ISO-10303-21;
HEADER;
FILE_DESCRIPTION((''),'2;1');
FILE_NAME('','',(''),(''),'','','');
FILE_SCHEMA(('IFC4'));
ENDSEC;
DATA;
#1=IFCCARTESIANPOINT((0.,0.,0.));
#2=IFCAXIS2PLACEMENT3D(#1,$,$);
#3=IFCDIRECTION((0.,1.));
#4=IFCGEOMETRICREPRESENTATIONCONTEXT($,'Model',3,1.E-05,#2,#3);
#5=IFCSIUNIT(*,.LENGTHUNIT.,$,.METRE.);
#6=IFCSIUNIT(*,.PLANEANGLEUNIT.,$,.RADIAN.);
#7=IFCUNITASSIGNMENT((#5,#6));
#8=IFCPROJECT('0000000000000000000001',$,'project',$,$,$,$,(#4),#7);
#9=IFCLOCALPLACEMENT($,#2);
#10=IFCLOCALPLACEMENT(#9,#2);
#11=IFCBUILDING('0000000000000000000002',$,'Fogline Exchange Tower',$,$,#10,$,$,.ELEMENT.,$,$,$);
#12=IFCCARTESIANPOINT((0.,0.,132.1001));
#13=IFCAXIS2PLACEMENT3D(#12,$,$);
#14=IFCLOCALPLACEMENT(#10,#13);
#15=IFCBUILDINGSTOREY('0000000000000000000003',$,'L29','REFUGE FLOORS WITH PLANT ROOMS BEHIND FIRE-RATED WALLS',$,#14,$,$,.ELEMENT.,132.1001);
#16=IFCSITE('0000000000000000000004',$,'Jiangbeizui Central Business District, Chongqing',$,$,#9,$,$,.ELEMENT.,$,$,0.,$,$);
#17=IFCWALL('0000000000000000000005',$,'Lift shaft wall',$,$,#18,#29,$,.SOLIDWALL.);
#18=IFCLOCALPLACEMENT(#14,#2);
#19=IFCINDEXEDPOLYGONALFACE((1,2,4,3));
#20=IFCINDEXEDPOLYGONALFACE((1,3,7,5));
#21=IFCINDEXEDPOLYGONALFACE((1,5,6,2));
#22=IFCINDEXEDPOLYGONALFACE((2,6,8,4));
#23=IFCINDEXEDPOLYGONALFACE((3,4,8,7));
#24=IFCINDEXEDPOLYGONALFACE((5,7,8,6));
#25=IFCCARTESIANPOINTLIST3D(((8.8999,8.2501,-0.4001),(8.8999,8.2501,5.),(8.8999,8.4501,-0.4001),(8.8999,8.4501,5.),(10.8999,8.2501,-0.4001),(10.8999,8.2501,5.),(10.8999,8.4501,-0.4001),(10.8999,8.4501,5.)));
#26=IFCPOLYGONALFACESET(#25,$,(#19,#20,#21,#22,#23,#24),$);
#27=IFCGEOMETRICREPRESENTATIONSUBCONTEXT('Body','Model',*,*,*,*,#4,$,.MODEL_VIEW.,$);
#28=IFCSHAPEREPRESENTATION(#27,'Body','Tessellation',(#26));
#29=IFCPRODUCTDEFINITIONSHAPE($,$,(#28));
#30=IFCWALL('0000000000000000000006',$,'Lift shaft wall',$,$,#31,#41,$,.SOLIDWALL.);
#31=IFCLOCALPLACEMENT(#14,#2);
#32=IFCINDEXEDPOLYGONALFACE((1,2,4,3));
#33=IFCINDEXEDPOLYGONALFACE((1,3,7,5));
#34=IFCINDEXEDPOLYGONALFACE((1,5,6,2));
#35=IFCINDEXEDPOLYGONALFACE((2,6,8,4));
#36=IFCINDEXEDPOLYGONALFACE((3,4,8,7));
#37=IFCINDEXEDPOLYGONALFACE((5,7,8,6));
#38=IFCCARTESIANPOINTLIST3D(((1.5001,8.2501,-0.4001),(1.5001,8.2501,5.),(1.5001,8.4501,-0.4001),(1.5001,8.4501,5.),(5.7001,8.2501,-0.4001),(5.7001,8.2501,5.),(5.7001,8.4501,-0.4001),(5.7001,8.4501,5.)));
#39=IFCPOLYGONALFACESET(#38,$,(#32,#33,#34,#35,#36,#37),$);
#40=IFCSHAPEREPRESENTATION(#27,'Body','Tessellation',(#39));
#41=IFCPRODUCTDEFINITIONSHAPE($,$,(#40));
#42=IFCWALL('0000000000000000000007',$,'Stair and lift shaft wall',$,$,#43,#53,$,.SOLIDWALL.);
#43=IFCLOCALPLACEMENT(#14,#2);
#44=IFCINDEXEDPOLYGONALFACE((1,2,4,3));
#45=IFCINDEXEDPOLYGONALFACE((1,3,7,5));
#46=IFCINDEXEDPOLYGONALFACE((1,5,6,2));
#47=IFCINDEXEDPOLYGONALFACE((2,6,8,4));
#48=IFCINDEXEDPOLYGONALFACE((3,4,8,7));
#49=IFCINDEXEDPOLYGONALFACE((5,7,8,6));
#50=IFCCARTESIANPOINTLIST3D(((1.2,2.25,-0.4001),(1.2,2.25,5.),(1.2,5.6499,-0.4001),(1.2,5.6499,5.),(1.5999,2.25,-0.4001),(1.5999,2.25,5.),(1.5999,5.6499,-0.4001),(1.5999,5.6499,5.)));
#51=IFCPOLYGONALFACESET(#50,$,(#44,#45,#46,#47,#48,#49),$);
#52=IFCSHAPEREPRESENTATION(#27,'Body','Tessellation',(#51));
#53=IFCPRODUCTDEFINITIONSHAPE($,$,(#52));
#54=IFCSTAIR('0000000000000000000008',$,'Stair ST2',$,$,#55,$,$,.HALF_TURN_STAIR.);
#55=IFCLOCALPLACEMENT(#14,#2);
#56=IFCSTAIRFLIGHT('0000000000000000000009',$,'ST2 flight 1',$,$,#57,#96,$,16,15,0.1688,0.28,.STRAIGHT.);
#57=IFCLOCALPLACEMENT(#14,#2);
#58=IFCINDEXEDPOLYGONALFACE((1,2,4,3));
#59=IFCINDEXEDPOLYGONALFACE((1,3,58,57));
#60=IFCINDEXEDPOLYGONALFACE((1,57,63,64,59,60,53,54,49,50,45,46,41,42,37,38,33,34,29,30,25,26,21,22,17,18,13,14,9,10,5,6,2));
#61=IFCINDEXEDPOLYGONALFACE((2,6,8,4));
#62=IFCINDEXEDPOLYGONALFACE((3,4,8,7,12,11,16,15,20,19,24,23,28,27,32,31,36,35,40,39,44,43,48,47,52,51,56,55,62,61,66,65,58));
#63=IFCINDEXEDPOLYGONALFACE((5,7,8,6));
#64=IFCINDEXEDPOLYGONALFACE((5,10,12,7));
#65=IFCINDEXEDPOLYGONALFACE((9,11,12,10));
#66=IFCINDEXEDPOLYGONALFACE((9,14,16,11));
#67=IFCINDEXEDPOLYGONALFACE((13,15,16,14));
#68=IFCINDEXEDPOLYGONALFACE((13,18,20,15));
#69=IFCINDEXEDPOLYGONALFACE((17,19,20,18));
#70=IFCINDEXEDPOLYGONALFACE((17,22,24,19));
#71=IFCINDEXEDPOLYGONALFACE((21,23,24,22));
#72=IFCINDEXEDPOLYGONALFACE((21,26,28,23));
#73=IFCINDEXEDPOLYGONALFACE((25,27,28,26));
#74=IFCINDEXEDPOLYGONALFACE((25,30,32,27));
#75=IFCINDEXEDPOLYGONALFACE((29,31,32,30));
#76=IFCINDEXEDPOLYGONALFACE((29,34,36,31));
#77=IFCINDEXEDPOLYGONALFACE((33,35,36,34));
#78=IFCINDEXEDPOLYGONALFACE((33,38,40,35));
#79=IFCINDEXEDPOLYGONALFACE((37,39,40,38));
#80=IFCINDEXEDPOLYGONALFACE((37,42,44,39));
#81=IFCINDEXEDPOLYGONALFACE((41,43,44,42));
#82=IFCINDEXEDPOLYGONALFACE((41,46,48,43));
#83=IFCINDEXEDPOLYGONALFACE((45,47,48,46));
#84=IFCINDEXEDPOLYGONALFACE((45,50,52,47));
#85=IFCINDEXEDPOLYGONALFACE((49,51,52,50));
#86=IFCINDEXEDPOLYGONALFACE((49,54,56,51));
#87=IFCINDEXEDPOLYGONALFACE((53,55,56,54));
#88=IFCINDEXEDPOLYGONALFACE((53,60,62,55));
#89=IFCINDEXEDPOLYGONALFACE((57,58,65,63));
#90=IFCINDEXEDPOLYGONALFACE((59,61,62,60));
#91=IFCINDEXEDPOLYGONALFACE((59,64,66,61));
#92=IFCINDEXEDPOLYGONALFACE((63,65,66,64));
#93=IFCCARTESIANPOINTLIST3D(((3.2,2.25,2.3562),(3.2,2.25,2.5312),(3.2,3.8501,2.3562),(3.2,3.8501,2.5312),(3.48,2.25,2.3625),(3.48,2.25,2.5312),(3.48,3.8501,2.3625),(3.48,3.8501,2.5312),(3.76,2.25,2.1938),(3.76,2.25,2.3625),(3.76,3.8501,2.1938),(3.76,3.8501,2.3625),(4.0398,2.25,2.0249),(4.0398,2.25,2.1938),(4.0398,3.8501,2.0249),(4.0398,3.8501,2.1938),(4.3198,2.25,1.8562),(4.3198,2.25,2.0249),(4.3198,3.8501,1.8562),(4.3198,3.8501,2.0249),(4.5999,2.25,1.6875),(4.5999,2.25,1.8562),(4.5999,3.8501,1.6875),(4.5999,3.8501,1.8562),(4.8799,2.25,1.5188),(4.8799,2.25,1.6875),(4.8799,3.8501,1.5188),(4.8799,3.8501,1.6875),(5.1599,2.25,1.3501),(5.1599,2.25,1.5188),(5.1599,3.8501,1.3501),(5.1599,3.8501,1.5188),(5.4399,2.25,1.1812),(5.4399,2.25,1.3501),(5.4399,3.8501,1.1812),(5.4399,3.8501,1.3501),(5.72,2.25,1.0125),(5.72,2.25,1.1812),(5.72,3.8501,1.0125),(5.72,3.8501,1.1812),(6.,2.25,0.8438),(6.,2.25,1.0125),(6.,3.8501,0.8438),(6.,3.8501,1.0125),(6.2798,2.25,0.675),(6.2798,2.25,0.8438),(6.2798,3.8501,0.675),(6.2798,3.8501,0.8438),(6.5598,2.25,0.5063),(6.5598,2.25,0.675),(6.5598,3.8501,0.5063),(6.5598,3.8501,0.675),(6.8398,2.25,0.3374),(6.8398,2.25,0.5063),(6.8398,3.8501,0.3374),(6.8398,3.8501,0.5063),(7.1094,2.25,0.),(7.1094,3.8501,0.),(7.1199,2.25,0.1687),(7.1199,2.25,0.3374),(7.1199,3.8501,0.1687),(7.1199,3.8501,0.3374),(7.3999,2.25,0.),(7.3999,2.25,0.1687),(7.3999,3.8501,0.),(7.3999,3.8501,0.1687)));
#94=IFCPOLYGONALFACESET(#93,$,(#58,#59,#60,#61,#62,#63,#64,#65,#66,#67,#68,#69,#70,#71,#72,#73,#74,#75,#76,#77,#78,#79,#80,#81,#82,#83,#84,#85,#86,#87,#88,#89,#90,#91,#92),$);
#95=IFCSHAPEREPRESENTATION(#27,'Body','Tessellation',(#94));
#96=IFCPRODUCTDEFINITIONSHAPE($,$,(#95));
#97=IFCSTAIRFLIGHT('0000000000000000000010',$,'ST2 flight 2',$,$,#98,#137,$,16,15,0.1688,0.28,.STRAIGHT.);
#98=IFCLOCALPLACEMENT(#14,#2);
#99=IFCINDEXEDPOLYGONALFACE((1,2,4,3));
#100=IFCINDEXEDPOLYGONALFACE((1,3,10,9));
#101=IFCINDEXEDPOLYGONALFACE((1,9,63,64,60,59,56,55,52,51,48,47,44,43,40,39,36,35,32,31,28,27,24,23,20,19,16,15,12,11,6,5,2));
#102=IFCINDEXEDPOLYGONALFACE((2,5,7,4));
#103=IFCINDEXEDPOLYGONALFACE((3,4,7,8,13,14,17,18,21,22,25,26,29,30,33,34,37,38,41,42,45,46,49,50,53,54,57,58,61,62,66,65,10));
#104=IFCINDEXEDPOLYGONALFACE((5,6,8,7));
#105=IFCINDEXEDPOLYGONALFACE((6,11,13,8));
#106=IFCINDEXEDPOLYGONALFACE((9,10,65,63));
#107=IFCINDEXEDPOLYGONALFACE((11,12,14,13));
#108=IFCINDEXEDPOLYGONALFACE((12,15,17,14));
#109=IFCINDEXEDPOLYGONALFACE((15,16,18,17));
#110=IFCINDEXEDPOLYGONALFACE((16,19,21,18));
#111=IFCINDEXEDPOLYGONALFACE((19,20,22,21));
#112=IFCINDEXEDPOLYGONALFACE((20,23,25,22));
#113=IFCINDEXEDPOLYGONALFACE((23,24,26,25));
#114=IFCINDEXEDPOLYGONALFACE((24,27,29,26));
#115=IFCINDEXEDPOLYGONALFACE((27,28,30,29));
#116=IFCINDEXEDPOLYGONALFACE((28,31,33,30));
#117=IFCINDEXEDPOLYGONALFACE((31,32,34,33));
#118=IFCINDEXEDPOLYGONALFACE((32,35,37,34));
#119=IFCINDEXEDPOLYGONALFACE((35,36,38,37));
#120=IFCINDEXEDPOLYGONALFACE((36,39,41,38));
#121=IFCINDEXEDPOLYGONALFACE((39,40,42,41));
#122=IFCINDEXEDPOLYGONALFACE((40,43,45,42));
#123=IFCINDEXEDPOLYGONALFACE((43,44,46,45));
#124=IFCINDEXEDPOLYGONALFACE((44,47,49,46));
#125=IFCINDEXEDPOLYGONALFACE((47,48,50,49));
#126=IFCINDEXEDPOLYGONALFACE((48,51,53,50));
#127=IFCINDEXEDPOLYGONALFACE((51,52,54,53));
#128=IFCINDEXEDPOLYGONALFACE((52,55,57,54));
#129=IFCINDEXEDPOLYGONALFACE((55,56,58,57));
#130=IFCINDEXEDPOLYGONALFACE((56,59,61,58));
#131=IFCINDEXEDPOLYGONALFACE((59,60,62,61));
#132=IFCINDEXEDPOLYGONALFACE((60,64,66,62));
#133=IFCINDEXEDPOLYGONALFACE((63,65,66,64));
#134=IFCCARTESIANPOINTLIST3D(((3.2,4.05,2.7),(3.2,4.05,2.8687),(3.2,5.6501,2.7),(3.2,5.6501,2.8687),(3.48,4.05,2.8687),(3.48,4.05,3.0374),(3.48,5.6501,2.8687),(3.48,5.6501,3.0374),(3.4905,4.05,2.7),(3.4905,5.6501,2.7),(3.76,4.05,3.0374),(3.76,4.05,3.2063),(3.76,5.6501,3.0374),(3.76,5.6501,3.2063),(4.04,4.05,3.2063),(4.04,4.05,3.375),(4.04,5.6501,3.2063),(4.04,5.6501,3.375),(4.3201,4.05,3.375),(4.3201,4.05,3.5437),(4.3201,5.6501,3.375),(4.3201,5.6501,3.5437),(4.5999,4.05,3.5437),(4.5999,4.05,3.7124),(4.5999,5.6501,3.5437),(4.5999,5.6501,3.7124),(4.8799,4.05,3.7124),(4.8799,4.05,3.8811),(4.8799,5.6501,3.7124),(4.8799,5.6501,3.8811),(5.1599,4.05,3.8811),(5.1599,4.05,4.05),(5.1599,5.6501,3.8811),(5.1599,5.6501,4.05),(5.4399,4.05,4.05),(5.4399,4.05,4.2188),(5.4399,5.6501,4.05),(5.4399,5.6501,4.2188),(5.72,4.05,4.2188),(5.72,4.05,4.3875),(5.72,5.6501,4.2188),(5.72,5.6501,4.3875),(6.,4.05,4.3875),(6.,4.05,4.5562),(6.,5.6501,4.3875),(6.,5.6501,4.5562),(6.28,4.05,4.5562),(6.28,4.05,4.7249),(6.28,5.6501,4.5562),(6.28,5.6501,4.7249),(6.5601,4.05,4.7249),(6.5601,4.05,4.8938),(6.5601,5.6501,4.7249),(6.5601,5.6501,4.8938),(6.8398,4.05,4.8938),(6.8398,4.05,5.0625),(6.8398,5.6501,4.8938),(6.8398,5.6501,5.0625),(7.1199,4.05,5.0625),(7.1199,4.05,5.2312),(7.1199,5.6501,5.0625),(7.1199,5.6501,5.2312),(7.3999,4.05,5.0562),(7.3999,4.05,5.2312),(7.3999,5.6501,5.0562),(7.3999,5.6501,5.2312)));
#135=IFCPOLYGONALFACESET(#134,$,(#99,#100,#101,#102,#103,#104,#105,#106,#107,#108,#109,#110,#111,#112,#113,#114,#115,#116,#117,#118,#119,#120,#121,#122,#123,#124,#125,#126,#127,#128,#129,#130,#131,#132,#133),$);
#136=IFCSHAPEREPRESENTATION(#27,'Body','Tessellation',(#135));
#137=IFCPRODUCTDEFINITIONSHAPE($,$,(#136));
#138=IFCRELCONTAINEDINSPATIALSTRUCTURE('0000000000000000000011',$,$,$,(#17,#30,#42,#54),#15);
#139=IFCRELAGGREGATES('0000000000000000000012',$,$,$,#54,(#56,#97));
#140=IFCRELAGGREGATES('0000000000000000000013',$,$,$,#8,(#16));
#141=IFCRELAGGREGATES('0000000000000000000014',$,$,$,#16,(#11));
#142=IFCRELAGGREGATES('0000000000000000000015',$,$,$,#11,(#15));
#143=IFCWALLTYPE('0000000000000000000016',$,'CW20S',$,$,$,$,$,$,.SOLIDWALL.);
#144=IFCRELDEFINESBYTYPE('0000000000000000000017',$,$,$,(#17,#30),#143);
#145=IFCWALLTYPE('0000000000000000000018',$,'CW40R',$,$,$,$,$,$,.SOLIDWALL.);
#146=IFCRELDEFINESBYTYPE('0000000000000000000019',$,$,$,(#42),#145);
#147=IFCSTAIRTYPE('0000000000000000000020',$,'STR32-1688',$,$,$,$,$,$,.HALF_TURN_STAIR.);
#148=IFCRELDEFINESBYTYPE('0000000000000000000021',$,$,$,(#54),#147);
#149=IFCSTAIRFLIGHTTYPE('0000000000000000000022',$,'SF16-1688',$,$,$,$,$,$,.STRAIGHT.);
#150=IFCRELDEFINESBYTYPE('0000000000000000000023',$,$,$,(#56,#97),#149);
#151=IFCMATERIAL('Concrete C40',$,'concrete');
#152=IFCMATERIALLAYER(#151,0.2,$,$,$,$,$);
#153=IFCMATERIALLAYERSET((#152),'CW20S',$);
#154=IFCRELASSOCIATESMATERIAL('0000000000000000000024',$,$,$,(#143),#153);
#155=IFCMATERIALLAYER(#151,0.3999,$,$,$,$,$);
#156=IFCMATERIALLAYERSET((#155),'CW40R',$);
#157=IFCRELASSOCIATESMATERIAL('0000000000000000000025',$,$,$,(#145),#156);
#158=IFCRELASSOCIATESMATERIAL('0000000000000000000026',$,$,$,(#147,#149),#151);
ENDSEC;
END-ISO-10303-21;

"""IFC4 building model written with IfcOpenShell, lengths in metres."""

from ifc_helpers import new_model, si_unit, direction, frame, frame_2d, origin, place, context, subcontext, project, spatial, polyline, rectangle, outline, extrude, material, layer, layer_set, type_object, element, aggregate, save


model = new_model("IFC4")

# Units and contexts
model_context = context("Model", 3, precision=1e-05, world=origin(), true_north=direction((0.0, 1.0)))
body_context = subcontext(model_context, "Body", "Model", "MODEL_VIEW")
ifc_project = project(units=[si_unit("LENGTHUNIT", "METRE"), si_unit("PLANEANGLEUNIT", "RADIAN")], contexts=[model_context])

# Site, building, storey
site_placement = place(None, origin())
site = spatial("IfcSite", under=ifc_project, at=site_placement, Name="Jiangbeizui Central Business District, Chongqing", CompositionType="ELEMENT", RefElevation=0.0)
building_placement = place(site_placement, origin())
building = spatial("IfcBuilding", under=site, at=building_placement, Name="Fogline Exchange Tower", CompositionType="ELEMENT")
storey_placement = place(building_placement, frame((0.0, 0.0, 132.1001)))
storey = spatial("IfcBuildingStorey", under=building, at=storey_placement, Name="L29", Description="REFUGE FLOORS WITH PLANT ROOMS BEHIND FIRE-RATED WALLS", CompositionType="ELEMENT", Elevation=132.1001)

# Shared definitions
ifc_material_1 = material(Name="Concrete C40", Category="concrete")

# Shared definitions
ifc_layer_1 = layer(ifc_material_1, 0.2)
ifc_layer_set_1 = layer_set([ifc_layer_1], Name="CW20S")
wall_type_1 = type_object("IfcWallType", Name="CW20S", PredefinedType="SOLIDWALL", material=ifc_layer_set_1)

# Walls
wall_1_placement = place(storey_placement, frame((8.8999, 8.3501, -0.4001), z_axis=(0.0, 0.0, 1.0), x_axis=(1.0, 0.0, 0.0)))
element("IfcWall", 1, at=wall_1_placement, inside=storey, type_object=wall_type_1, Name="Lift shaft wall", PredefinedType="SOLIDWALL", context=body_context, shape_type="SweptSolid", body=[
    extrude(rectangle(XDim=2.0, YDim=0.2, at=frame_2d((1.0, 0.0))), origin(), (0.0, 0.0, 1.0), 5.4001),
])
wall_2_placement = place(storey_placement, frame((1.5, 8.3501, -0.4001), z_axis=(0.0, 0.0, 1.0), x_axis=(1.0, 0.0, 0.0)))
element("IfcWall", 2, at=wall_2_placement, inside=storey, type_object=wall_type_1, Name="Lift shaft wall", PredefinedType="SOLIDWALL", context=body_context, shape_type="SweptSolid", body=[
    extrude(rectangle(XDim=4.2, YDim=0.2, at=frame_2d((2.1001, 0.0))), origin(), (0.0, 0.0, 1.0), 5.4001),
])
ifc_layer_2 = layer(ifc_material_1, 0.3999)
ifc_layer_set_2 = layer_set([ifc_layer_2], Name="CW40R")
wall_type_2 = type_object("IfcWallType", Name="CW40R", PredefinedType="SOLIDWALL", material=ifc_layer_set_2)
wall_3_placement = place(storey_placement, frame((1.3999, 2.25, -0.4001), z_axis=(0.0, 0.0, 1.0), x_axis=(0.0, 1.0, 0.0)))
element("IfcWall", 3, at=wall_3_placement, inside=storey, type_object=wall_type_2, Name="Stair and lift shaft wall", PredefinedType="SOLIDWALL", context=body_context, shape_type="SweptSolid", body=[
    extrude(rectangle(XDim=3.3999, YDim=0.3999, at=frame_2d((1.7, 0.0))), origin(), (0.0, 0.0, 1.0), 5.4001),
])

# Stair, stair flights
stair_type = type_object("IfcStairType", Name="STR32-1688", PredefinedType="HALF_TURN_STAIR", material=ifc_material_1)
stair_placement = place(storey_placement, origin())
stair = element("IfcStair", 4, at=stair_placement, inside=storey, type_object=stair_type, Name="Stair ST2", PredefinedType="HALF_TURN_STAIR")
stair_flight_type = type_object("IfcStairFlightType", Name="SF16-1688", PredefinedType="STRAIGHT", material=ifc_material_1)
stair_flight_1_placement = place(storey_placement, frame((7.3999, 3.05, 0.0), z_axis=(0.0, 0.0, 1.0), x_axis=(-1.0, 0.0, 0.0)))
stair_flight_1 = element("IfcStairFlight", 5, at=stair_flight_1_placement, type_object=stair_flight_type, Name="ST2 flight 1", NumberOfRisers=16, NumberOfTreads=15, PredefinedType="STRAIGHT", RiserHeight=0.1688, TreadLength=0.28, context=body_context, shape_type="SweptSolid", body=[
    extrude(outline(polyline([(0.0, 0.0), (0.0, 0.1687), (0.28, 0.1687), (0.28, 0.3374), (0.5601, 0.3374), (0.5601, 0.5063), (0.8401, 0.5063), (0.8401, 0.675), (1.1201, 0.675), (1.1201, 0.8438), (1.3999, 0.8438), (1.3999, 1.0125), (1.6799, 1.0125), (1.6799, 1.1812), (1.96, 1.1812), (1.96, 1.3501), (2.24, 1.3501), (2.24, 1.5188), (2.52, 1.5188), (2.52, 1.6875), (2.8, 1.6875), (2.8, 1.8562), (3.0801, 1.8562), (3.0801, 2.0249), (3.3601, 2.0249), (3.3601, 2.1938), (3.6399, 2.1938), (3.6399, 2.3625), (3.9199, 2.3625), (3.9199, 2.5312), (4.2, 2.5312), (4.2, 2.7), (4.2, 2.3562), (0.2905, 0.0), (0.0, 0.0)])), frame((0.0, 0.8, 0.0), z_axis=(0.0, -1.0, 0.0), x_axis=(1.0, 0.0, 0.0)), (0.0, 0.0, 1.0), 1.6001),
])
stair_flight_2_placement = place(storey_placement, frame((3.2, 4.8501, 2.7), z_axis=(0.0, 0.0, 1.0), x_axis=(1.0, 0.0, 0.0)))
stair_flight_2 = element("IfcStairFlight", 6, at=stair_flight_2_placement, type_object=stair_flight_type, Name="ST2 flight 2", NumberOfRisers=16, NumberOfTreads=15, PredefinedType="STRAIGHT", RiserHeight=0.1688, TreadLength=0.28, context=body_context, shape_type="SweptSolid", body=[
    extrude(outline(polyline([(0.0, 0.0), (0.0, 0.1687), (0.28, 0.1687), (0.28, 0.3374), (0.5601, 0.3374), (0.5601, 0.5063), (0.8401, 0.5063), (0.8401, 0.675), (1.1201, 0.675), (1.1201, 0.8438), (1.3999, 0.8438), (1.3999, 1.0125), (1.6799, 1.0125), (1.6799, 1.1812), (1.96, 1.1812), (1.96, 1.3501), (2.24, 1.3501), (2.24, 1.5188), (2.52, 1.5188), (2.52, 1.6875), (2.8, 1.6875), (2.8, 1.8562), (3.0801, 1.8562), (3.0801, 2.0249), (3.3601, 2.0249), (3.3601, 2.1938), (3.6399, 2.1938), (3.6399, 2.3625), (3.9199, 2.3625), (3.9199, 2.5312), (4.2, 2.5312), (4.2, 2.7), (4.2, 2.3562), (0.2905, 0.0), (0.0, 0.0)])), frame((0.0, 0.8, 0.0), z_axis=(0.0, -1.0, 0.0), x_axis=(1.0, 0.0, 0.0)), (0.0, 0.0, 1.0), 1.6001),
])
aggregate(stair, [stair_flight_1, stair_flight_2])

save(model, "model.ifc")
